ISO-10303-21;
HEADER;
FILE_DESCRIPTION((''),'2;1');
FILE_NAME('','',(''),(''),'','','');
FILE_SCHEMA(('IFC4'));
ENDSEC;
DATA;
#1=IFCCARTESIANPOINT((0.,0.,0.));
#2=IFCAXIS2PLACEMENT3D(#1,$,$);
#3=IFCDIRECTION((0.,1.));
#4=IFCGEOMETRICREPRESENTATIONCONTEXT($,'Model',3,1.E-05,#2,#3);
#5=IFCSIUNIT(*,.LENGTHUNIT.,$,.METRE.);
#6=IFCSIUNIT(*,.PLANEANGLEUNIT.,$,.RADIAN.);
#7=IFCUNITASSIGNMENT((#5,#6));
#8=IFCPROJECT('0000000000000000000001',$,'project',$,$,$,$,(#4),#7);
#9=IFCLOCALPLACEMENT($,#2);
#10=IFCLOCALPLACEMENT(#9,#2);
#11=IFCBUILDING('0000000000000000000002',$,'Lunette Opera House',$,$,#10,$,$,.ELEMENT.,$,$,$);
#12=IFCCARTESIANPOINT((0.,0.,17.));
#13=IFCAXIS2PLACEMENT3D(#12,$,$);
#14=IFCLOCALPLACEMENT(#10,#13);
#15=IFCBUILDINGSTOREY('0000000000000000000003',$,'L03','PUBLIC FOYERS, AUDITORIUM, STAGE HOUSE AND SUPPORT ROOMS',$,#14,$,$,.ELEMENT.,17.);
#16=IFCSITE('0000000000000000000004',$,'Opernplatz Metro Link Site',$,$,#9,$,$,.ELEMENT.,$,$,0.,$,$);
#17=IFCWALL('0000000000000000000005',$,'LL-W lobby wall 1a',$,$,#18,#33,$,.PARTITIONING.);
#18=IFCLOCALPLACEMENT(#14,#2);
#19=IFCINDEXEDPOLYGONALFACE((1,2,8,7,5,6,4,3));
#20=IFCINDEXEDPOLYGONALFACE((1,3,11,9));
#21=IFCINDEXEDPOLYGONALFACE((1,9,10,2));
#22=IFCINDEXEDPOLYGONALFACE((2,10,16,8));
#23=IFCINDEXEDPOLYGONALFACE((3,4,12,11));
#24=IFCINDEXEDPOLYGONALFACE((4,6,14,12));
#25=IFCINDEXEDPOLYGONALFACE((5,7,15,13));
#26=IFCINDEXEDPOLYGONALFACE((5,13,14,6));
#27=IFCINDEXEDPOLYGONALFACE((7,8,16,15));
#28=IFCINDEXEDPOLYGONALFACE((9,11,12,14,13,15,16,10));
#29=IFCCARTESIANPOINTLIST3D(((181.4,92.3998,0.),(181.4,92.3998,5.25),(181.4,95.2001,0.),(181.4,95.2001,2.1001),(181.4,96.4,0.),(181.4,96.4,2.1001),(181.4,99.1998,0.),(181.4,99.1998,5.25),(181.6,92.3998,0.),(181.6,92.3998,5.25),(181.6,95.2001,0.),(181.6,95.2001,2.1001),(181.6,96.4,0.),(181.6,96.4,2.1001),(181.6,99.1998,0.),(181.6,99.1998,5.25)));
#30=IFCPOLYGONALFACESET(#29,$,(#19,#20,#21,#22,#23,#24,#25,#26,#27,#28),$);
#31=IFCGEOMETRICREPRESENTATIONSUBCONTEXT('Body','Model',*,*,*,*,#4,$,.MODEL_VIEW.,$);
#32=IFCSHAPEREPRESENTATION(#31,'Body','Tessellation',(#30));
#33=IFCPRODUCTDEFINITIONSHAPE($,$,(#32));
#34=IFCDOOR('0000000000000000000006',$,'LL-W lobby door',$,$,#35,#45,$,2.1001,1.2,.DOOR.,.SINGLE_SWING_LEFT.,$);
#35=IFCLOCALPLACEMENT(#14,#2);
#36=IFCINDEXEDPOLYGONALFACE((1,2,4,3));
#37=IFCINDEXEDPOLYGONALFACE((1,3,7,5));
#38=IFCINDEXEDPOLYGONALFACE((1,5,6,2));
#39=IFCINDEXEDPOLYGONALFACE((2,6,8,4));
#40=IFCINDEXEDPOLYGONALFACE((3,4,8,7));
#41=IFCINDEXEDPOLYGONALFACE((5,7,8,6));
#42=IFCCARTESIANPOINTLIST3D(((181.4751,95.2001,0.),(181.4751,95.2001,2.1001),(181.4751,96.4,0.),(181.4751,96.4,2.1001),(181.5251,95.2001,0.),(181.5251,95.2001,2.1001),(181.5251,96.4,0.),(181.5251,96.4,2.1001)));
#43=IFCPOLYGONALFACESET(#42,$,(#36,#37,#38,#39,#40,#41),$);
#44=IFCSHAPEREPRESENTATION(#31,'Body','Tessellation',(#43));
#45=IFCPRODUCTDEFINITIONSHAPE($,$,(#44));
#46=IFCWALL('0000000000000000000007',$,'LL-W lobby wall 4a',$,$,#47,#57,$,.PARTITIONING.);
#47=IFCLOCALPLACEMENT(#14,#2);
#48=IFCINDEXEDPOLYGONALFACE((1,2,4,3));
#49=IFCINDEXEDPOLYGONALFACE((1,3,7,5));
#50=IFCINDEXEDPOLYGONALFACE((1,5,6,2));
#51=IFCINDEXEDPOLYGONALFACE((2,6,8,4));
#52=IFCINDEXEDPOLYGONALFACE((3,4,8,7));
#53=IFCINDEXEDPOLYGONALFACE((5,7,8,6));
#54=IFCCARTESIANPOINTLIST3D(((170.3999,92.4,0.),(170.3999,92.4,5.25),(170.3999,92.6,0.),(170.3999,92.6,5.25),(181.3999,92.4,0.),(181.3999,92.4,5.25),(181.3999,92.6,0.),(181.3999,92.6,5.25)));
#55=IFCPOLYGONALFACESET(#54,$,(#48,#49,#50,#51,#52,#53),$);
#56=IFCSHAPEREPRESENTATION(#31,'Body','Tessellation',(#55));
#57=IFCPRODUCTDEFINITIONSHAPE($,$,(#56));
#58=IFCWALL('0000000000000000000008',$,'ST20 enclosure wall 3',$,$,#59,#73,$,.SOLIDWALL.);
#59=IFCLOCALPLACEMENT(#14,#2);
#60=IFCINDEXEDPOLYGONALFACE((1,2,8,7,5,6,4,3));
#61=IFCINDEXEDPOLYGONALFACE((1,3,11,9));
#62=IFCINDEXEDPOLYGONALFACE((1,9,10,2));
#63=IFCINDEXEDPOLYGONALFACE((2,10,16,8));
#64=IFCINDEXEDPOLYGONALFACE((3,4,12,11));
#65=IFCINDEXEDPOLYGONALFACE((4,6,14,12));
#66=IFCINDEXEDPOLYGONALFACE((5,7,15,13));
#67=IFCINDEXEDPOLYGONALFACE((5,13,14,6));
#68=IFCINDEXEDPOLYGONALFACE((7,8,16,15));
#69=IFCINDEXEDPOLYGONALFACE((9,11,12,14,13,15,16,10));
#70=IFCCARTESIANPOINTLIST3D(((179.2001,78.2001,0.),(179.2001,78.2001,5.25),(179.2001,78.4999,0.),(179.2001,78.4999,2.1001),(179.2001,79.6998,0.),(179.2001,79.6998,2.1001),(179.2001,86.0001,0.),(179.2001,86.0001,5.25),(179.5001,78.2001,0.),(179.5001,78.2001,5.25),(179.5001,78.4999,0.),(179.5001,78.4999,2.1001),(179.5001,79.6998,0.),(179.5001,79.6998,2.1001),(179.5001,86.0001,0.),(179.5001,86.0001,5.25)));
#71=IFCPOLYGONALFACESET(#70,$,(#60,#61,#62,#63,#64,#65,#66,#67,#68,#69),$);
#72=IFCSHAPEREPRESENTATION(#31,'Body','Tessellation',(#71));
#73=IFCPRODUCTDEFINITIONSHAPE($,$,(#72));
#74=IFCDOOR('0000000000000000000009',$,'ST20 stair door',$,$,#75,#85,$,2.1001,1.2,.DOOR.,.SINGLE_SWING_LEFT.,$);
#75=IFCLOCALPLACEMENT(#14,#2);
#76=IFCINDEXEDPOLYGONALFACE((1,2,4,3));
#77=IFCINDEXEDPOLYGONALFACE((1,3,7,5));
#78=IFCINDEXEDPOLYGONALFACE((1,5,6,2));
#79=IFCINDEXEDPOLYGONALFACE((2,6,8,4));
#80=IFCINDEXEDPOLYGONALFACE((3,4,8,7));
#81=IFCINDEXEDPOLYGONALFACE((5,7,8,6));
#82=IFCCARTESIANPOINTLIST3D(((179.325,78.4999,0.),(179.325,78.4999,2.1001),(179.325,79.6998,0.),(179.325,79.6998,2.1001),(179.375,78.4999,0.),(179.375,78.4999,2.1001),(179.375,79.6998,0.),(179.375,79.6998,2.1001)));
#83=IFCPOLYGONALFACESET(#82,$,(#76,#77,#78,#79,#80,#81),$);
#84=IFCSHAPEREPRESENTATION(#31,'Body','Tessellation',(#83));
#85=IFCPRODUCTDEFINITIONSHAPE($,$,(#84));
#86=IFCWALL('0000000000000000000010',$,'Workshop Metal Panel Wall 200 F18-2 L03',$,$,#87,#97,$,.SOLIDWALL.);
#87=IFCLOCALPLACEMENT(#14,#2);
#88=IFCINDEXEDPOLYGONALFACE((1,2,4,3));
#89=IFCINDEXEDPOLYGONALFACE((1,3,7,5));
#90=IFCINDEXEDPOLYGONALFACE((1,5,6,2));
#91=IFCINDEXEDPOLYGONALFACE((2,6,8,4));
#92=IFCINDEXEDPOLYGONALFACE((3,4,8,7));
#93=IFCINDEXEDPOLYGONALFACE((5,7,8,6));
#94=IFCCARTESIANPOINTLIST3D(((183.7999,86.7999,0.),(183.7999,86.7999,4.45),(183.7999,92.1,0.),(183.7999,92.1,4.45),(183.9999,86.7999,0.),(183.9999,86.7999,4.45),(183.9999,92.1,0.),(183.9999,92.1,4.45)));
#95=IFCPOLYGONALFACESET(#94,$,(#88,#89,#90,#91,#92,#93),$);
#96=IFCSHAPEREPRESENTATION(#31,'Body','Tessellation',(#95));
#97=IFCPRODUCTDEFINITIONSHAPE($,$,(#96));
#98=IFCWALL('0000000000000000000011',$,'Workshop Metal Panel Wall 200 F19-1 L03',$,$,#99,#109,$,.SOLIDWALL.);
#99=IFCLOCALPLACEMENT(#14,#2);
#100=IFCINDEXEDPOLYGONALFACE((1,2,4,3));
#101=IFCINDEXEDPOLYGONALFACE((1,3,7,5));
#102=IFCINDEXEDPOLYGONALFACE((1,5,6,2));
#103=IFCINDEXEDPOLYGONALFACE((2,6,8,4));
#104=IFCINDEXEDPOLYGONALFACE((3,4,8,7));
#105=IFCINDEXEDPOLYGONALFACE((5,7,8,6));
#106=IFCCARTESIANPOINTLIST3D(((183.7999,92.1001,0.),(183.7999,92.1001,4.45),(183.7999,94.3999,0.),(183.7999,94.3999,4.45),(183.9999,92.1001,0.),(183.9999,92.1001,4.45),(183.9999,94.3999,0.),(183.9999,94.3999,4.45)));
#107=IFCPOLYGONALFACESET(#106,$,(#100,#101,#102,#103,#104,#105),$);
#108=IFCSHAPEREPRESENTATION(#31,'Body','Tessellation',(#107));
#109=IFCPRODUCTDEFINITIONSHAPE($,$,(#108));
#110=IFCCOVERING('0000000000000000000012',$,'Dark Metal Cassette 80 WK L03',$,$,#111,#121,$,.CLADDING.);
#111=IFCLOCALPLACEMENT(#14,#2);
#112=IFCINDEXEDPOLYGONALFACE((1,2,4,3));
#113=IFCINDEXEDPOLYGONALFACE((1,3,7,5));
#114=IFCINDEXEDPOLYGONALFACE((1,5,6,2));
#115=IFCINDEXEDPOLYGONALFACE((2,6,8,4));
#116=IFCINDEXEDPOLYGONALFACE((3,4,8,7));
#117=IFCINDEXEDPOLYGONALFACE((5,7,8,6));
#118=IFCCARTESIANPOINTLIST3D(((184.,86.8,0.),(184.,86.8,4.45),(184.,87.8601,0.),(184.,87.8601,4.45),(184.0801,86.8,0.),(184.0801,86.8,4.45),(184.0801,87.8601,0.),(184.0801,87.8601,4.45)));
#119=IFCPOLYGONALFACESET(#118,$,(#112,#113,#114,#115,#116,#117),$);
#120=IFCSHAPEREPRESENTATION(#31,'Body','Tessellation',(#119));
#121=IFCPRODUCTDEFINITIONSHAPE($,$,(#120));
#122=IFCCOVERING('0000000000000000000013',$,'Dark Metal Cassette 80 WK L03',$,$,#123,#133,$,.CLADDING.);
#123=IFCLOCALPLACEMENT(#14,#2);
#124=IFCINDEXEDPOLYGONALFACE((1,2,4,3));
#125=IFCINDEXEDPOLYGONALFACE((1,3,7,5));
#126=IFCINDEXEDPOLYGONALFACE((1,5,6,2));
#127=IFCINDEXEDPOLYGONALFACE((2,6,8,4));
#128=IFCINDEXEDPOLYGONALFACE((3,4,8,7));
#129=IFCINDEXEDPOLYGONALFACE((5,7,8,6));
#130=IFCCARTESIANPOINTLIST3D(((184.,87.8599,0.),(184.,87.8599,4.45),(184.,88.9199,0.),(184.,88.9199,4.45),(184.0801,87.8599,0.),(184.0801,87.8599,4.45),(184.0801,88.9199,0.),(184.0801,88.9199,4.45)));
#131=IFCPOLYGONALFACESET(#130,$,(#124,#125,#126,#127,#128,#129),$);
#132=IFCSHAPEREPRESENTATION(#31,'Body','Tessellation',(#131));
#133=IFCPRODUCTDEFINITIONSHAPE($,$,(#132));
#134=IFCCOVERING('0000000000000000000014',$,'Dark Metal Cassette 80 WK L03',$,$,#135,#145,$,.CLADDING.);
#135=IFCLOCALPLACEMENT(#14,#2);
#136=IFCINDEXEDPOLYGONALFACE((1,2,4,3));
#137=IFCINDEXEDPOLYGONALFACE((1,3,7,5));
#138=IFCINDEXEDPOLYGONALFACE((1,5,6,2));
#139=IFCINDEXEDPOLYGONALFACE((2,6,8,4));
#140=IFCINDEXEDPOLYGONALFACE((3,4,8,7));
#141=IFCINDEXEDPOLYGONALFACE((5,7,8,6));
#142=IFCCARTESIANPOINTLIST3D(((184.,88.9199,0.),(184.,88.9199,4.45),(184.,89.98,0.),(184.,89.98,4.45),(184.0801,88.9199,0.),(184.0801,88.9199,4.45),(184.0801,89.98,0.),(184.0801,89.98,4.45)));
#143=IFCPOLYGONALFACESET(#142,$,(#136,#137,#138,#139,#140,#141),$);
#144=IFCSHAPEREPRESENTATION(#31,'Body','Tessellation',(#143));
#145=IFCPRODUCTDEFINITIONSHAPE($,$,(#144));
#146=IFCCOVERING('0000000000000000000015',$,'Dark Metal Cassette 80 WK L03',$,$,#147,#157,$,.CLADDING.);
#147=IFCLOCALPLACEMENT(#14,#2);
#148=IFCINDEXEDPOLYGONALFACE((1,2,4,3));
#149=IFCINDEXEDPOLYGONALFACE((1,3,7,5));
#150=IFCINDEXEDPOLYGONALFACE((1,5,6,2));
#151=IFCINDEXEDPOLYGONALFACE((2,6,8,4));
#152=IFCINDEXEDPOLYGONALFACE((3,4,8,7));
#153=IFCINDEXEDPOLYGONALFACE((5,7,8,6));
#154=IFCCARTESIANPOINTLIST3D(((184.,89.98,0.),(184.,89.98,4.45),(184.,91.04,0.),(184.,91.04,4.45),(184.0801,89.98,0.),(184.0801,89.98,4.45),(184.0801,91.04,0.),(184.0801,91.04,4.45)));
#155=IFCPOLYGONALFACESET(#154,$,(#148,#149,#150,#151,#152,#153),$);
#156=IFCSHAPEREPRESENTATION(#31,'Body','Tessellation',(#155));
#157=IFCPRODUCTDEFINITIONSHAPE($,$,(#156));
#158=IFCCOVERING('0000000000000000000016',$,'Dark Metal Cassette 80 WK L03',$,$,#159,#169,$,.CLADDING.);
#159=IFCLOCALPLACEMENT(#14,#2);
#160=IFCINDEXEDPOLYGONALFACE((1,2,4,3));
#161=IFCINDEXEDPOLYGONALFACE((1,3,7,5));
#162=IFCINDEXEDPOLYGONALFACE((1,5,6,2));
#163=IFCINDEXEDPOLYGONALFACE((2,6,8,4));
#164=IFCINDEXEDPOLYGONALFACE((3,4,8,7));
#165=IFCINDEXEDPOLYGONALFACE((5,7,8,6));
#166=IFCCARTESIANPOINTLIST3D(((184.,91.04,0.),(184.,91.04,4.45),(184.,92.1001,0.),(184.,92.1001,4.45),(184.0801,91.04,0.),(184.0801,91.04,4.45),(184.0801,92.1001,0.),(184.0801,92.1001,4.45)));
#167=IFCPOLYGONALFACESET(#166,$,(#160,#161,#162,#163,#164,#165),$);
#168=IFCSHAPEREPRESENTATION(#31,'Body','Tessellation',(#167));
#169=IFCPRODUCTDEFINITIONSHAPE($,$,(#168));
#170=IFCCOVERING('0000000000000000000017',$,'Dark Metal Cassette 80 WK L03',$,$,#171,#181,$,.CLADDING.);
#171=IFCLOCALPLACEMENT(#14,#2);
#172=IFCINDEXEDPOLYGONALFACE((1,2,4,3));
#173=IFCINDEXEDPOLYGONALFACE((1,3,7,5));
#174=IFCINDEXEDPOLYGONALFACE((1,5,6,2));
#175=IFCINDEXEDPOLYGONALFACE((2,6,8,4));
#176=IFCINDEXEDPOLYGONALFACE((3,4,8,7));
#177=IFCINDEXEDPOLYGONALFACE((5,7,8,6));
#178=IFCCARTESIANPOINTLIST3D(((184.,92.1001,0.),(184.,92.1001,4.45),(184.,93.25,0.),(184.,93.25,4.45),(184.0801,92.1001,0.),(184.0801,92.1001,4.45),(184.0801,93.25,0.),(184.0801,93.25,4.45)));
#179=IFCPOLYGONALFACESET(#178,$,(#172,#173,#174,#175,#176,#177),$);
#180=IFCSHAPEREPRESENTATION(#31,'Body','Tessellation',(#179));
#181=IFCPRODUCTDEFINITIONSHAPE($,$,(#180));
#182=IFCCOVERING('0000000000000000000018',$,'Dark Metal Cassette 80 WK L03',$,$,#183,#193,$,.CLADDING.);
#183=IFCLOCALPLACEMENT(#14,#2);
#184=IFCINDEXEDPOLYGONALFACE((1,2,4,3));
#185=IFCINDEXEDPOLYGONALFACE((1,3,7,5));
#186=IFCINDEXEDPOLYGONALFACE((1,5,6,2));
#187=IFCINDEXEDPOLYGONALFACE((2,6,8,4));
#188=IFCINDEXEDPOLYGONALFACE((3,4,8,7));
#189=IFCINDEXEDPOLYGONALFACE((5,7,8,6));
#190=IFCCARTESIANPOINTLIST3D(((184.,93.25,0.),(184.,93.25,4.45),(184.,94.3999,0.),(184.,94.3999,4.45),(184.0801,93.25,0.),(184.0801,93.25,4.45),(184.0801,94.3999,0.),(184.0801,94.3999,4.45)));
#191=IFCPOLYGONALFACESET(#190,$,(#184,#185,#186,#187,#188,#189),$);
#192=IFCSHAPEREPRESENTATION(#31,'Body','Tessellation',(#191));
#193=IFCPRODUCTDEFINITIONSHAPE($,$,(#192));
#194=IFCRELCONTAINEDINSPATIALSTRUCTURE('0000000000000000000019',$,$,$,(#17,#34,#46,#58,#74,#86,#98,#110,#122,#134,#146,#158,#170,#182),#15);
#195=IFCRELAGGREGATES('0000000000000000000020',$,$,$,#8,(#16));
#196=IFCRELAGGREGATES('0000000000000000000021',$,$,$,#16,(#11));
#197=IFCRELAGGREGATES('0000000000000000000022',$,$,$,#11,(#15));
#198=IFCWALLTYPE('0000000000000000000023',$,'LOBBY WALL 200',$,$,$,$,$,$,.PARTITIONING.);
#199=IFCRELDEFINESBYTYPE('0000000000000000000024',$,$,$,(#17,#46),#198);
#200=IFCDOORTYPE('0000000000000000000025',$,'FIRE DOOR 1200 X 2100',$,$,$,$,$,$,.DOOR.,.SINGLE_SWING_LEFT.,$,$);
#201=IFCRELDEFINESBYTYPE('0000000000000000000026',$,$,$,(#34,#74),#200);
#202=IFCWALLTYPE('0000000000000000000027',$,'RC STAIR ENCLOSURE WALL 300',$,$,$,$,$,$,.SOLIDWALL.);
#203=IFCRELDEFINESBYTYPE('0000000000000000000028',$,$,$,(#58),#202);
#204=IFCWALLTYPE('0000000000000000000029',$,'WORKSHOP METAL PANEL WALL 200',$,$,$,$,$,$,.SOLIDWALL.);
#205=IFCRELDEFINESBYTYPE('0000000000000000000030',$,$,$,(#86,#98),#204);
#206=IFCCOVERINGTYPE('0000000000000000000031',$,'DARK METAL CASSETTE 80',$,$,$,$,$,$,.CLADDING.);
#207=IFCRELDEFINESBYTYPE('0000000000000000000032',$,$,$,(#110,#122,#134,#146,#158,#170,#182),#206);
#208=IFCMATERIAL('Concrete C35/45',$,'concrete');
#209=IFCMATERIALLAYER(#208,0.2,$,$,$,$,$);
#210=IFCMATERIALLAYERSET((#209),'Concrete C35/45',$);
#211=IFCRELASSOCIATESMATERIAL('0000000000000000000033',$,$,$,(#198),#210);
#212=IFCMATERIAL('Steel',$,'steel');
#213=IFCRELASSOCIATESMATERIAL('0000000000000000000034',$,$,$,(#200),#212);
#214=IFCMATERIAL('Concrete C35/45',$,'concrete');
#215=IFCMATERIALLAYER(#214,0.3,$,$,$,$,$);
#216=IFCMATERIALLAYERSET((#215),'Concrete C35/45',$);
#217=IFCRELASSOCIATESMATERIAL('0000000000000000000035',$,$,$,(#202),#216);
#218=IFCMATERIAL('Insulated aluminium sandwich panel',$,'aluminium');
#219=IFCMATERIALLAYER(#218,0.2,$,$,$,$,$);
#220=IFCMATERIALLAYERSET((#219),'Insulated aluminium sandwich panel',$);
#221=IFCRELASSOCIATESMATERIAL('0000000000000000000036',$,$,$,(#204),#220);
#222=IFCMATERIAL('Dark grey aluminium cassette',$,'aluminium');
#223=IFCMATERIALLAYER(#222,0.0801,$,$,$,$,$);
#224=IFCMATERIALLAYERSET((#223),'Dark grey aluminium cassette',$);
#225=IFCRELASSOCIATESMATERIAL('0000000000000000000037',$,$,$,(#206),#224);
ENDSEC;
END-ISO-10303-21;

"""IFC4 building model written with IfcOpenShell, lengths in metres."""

from ifc_helpers import new_model, si_unit, direction, frame, frame_2d, origin, origin_2d, place, context, subcontext, project, spatial, rectangle, extrude, material, layer, layer_set, type_object, element, fill, save


model = new_model("IFC4")

# Units and contexts
model_context = context("Model", 3, precision=1e-05, world=origin(), true_north=direction((0.0, 1.0)))
body_context = subcontext(model_context, "Body", "Model", "MODEL_VIEW")
ifc_project = project(units=[si_unit("LENGTHUNIT", "METRE"), si_unit("PLANEANGLEUNIT", "RADIAN")], contexts=[model_context])

# Site, building, storey
site_placement = place(None, origin())
site = spatial("IfcSite", under=ifc_project, at=site_placement, Name="Opernplatz Metro Link Site", CompositionType="ELEMENT", RefElevation=0.0)
building_placement = place(site_placement, origin())
building = spatial("IfcBuilding", under=site, at=building_placement, Name="Lunette Opera House", CompositionType="ELEMENT")
storey_placement = place(building_placement, frame((0.0, 0.0, 17.0)))
storey = spatial("IfcBuildingStorey", under=building, at=storey_placement, Name="L03", Description="PUBLIC FOYERS, AUDITORIUM, STAGE HOUSE AND SUPPORT ROOMS", CompositionType="ELEMENT", Elevation=17.0)

# Wall, opening, door
ifc_material_1 = material(Name="Concrete C35/45", Category="concrete")
ifc_layer_1 = layer(ifc_material_1, 0.2)
ifc_layer_set_1 = layer_set([ifc_layer_1], Name="Concrete C35/45")
wall_type_1 = type_object("IfcWallType", Name="LOBBY WALL 200", PredefinedType="PARTITIONING", material=ifc_layer_set_1)
wall_1_placement = place(storey_placement, frame((181.5, 92.3999, 0.0), z_axis=(0.0, 0.0, 1.0), x_axis=(0.0, 1.0, 0.0)))
wall_1 = element("IfcWall", 1, at=wall_1_placement, inside=storey, type_object=wall_type_1, Name="LL-W lobby wall 1a", PredefinedType="PARTITIONING", context=body_context, shape_type="SweptSolid", body=[
    extrude(rectangle(XDim=6.8, YDim=0.2, at=frame_2d((3.3999, 0.0))), origin(), (0.0, 0.0, 1.0), 5.25),
])
opening_1_placement = place(wall_1_placement, frame((2.8, 0.0, 0.0)))
opening_1 = element("IfcOpeningElement", 2, at=opening_1_placement, cuts=wall_1, PredefinedType="OPENING", context=body_context, shape_type="SweptSolid", body=[
    extrude(rectangle(XDim=1.2, YDim=2.1001, at=frame_2d((0.6001, 1.05))), frame((0.0, 0.1121, 0.0), z_axis=(0.0, -1.0, 0.0), x_axis=(1.0, 0.0, 0.0)), (0.0, 0.0, 1.0), 0.2239),
])
ifc_material_2 = material(Name="Steel", Category="steel")
door_type = type_object("IfcDoorType", Name="FIRE DOOR 1200 X 2100", OperationType="SINGLE_SWING_LEFT", PredefinedType="DOOR", material=ifc_material_2)
door_1_placement = place(opening_1_placement, origin())
door_1 = element("IfcDoor", 3, at=door_1_placement, inside=storey, type_object=door_type, Name="LL-W lobby door", OperationType="SINGLE_SWING_LEFT", OverallHeight=2.1001, OverallWidth=1.2, PredefinedType="DOOR", context=body_context, shape_type="SweptSolid", body=[
    extrude(rectangle(XDim=1.2, YDim=2.1001, at=frame_2d((0.6001, 1.05))), frame((0.0, 0.0249, 0.0), z_axis=(0.0, -1.0, 0.0), x_axis=(1.0, 0.0, 0.0)), (0.0, 0.0, 1.0), 0.05),
])
fill(opening_1, door_1)

# Wall
wall_2_placement = place(storey_placement, frame((170.3999, 92.5, 0.0), z_axis=(0.0, 0.0, 1.0), x_axis=(1.0, 0.0, 0.0)))
element("IfcWall", 4, at=wall_2_placement, inside=storey, type_object=wall_type_1, Name="LL-W lobby wall 4a", PredefinedType="PARTITIONING", context=body_context, shape_type="SweptSolid", body=[
    extrude(rectangle(XDim=11.0, YDim=0.2, at=frame_2d((5.5, 0.0))), origin(), (0.0, 0.0, 1.0), 5.25),
])

# Wall, opening, door
ifc_material_3 = material(Name="Concrete C35/45", Category="concrete")
ifc_layer_2 = layer(ifc_material_3, 0.3)
ifc_layer_set_2 = layer_set([ifc_layer_2], Name="Concrete C35/45")
wall_type_2 = type_object("IfcWallType", Name="RC STAIR ENCLOSURE WALL 300", PredefinedType="SOLIDWALL", material=ifc_layer_set_2)
wall_3_placement = place(storey_placement, frame((179.3501, 86.0, 0.0), z_axis=(0.0, 0.0, 1.0), x_axis=(0.0, -1.0, 0.0)))
wall_3 = element("IfcWall", 5, at=wall_3_placement, inside=storey, type_object=wall_type_2, Name="ST20 enclosure wall 3", PredefinedType="SOLIDWALL", context=body_context, shape_type="SweptSolid", body=[
    extrude(rectangle(XDim=7.8, YDim=0.3, at=frame_2d((3.8999, 0.0))), origin(), (0.0, 0.0, 1.0), 5.25),
])
opening_2_placement = place(wall_3_placement, frame((6.3, 0.0, 0.0)))
opening_2 = element("IfcOpeningElement", 6, at=opening_2_placement, cuts=wall_3, PredefinedType="OPENING", context=body_context, shape_type="SweptSolid", body=[
    extrude(rectangle(XDim=1.2, YDim=2.1001, at=frame_2d((0.6001, 1.05))), frame((0.0, 0.1621, 0.0), z_axis=(0.0, -1.0, 0.0), x_axis=(1.0, 0.0, 0.0)), (0.0, 0.0, 1.0), 0.324),
])
door_2_placement = place(opening_2_placement, origin())
door_2 = element("IfcDoor", 7, at=door_2_placement, inside=storey, type_object=door_type, Name="ST20 stair door", OperationType="SINGLE_SWING_LEFT", OverallHeight=2.1001, OverallWidth=1.2, PredefinedType="DOOR", context=body_context, shape_type="SweptSolid", body=[
    extrude(rectangle(XDim=1.2, YDim=2.1001, at=frame_2d((0.6001, 1.05))), frame((0.0, 0.0249, 0.0), z_axis=(0.0, -1.0, 0.0), x_axis=(1.0, 0.0, 0.0)), (0.0, 0.0, 1.0), 0.05),
])
fill(opening_2, door_2)

# Walls
ifc_material_4 = material(Name="Insulated aluminium sandwich panel", Category="aluminium")
ifc_layer_3 = layer(ifc_material_4, 0.2)
ifc_layer_set_3 = layer_set([ifc_layer_3], Name="Insulated aluminium sandwich panel")
wall_type_3 = type_object("IfcWallType", Name="WORKSHOP METAL PANEL WALL 200", PredefinedType="SOLIDWALL", material=ifc_layer_set_3)
wall_4_placement = place(storey_placement, frame((183.8999, 86.8, 0.0), z_axis=(0.0, 0.0, 1.0), x_axis=(0.0, 1.0, 0.0)))
element("IfcWall", 8, at=wall_4_placement, inside=storey, type_object=wall_type_3, Name="Workshop Metal Panel Wall 200 F18-2 L03", PredefinedType="SOLIDWALL", context=body_context, shape_type="SweptSolid", body=[
    extrude(rectangle(XDim=5.3, YDim=0.2, at=frame_2d((2.6499, 0.0))), origin(), (0.0, 0.0, 1.0), 4.45),
])
wall_5_placement = place(storey_placement, frame((183.8999, 92.1001, 0.0), z_axis=(0.0, 0.0, 1.0), x_axis=(0.0, 1.0, 0.0)))
element("IfcWall", 9, at=wall_5_placement, inside=storey, type_object=wall_type_3, Name="Workshop Metal Panel Wall 200 F19-1 L03", PredefinedType="SOLIDWALL", context=body_context, shape_type="SweptSolid", body=[
    extrude(rectangle(XDim=2.2998, YDim=0.2, at=frame_2d((1.1499, 0.0))), origin(), (0.0, 0.0, 1.0), 4.45),
])

# Coverings
ifc_material_5 = material(Name="Dark grey aluminium cassette", Category="aluminium")
ifc_layer_4 = layer(ifc_material_5, 0.0801)
ifc_layer_set_4 = layer_set([ifc_layer_4], Name="Dark grey aluminium cassette")
covering_type = type_object("IfcCoveringType", Name="DARK METAL CASSETTE 80", PredefinedType="CLADDING", material=ifc_layer_set_4)
for number, where, z_axis, x_axis, name in (
    (10, (184.04, 87.3301, 0.0), (0.0, 0.0, 1.0), (0.0, 1.0, 0.0), "Dark Metal Cassette 80 WK L03"),
    (11, (184.04, 88.3899, 0.0), (0.0, 0.0, 1.0), (0.0, 1.0, 0.0), "Dark Metal Cassette 80 WK L03"),
    (12, (184.04, 89.45, 0.0), (0.0, 0.0, 1.0), (0.0, 1.0, 0.0), "Dark Metal Cassette 80 WK L03"),
    (13, (184.04, 90.51, 0.0), (0.0, 0.0, 1.0), (0.0, 1.0, 0.0), "Dark Metal Cassette 80 WK L03"),
    (14, (184.04, 91.5701, 0.0), (0.0, 0.0, 1.0), (0.0, 1.0, 0.0), "Dark Metal Cassette 80 WK L03"),
):
    element("IfcCovering", number, at=place(storey_placement, frame(where, z_axis=z_axis, x_axis=x_axis)), inside=storey, type_object=covering_type, Name=name, PredefinedType="CLADDING", context=body_context, shape_type="SweptSolid", body=[
        extrude(rectangle(XDim=1.0601, YDim=0.0801, at=origin_2d()), origin(), (0.0, 0.0, 1.0), 4.45),
    ])
for number, where, z_axis, x_axis, name in (
    (15, (184.04, 92.675, 0.0), (0.0, 0.0, 1.0), (0.0, 1.0, 0.0), "Dark Metal Cassette 80 WK L03"),
    (16, (184.04, 93.825, 0.0), (0.0, 0.0, 1.0), (0.0, 1.0, 0.0), "Dark Metal Cassette 80 WK L03"),
):
    element("IfcCovering", number, at=place(storey_placement, frame(where, z_axis=z_axis, x_axis=x_axis)), inside=storey, type_object=covering_type, Name=name, PredefinedType="CLADDING", context=body_context, shape_type="SweptSolid", body=[
        extrude(rectangle(XDim=1.1499, YDim=0.0801, at=origin_2d()), origin(), (0.0, 0.0, 1.0), 4.45),
    ])

save(model, "model.ifc")
